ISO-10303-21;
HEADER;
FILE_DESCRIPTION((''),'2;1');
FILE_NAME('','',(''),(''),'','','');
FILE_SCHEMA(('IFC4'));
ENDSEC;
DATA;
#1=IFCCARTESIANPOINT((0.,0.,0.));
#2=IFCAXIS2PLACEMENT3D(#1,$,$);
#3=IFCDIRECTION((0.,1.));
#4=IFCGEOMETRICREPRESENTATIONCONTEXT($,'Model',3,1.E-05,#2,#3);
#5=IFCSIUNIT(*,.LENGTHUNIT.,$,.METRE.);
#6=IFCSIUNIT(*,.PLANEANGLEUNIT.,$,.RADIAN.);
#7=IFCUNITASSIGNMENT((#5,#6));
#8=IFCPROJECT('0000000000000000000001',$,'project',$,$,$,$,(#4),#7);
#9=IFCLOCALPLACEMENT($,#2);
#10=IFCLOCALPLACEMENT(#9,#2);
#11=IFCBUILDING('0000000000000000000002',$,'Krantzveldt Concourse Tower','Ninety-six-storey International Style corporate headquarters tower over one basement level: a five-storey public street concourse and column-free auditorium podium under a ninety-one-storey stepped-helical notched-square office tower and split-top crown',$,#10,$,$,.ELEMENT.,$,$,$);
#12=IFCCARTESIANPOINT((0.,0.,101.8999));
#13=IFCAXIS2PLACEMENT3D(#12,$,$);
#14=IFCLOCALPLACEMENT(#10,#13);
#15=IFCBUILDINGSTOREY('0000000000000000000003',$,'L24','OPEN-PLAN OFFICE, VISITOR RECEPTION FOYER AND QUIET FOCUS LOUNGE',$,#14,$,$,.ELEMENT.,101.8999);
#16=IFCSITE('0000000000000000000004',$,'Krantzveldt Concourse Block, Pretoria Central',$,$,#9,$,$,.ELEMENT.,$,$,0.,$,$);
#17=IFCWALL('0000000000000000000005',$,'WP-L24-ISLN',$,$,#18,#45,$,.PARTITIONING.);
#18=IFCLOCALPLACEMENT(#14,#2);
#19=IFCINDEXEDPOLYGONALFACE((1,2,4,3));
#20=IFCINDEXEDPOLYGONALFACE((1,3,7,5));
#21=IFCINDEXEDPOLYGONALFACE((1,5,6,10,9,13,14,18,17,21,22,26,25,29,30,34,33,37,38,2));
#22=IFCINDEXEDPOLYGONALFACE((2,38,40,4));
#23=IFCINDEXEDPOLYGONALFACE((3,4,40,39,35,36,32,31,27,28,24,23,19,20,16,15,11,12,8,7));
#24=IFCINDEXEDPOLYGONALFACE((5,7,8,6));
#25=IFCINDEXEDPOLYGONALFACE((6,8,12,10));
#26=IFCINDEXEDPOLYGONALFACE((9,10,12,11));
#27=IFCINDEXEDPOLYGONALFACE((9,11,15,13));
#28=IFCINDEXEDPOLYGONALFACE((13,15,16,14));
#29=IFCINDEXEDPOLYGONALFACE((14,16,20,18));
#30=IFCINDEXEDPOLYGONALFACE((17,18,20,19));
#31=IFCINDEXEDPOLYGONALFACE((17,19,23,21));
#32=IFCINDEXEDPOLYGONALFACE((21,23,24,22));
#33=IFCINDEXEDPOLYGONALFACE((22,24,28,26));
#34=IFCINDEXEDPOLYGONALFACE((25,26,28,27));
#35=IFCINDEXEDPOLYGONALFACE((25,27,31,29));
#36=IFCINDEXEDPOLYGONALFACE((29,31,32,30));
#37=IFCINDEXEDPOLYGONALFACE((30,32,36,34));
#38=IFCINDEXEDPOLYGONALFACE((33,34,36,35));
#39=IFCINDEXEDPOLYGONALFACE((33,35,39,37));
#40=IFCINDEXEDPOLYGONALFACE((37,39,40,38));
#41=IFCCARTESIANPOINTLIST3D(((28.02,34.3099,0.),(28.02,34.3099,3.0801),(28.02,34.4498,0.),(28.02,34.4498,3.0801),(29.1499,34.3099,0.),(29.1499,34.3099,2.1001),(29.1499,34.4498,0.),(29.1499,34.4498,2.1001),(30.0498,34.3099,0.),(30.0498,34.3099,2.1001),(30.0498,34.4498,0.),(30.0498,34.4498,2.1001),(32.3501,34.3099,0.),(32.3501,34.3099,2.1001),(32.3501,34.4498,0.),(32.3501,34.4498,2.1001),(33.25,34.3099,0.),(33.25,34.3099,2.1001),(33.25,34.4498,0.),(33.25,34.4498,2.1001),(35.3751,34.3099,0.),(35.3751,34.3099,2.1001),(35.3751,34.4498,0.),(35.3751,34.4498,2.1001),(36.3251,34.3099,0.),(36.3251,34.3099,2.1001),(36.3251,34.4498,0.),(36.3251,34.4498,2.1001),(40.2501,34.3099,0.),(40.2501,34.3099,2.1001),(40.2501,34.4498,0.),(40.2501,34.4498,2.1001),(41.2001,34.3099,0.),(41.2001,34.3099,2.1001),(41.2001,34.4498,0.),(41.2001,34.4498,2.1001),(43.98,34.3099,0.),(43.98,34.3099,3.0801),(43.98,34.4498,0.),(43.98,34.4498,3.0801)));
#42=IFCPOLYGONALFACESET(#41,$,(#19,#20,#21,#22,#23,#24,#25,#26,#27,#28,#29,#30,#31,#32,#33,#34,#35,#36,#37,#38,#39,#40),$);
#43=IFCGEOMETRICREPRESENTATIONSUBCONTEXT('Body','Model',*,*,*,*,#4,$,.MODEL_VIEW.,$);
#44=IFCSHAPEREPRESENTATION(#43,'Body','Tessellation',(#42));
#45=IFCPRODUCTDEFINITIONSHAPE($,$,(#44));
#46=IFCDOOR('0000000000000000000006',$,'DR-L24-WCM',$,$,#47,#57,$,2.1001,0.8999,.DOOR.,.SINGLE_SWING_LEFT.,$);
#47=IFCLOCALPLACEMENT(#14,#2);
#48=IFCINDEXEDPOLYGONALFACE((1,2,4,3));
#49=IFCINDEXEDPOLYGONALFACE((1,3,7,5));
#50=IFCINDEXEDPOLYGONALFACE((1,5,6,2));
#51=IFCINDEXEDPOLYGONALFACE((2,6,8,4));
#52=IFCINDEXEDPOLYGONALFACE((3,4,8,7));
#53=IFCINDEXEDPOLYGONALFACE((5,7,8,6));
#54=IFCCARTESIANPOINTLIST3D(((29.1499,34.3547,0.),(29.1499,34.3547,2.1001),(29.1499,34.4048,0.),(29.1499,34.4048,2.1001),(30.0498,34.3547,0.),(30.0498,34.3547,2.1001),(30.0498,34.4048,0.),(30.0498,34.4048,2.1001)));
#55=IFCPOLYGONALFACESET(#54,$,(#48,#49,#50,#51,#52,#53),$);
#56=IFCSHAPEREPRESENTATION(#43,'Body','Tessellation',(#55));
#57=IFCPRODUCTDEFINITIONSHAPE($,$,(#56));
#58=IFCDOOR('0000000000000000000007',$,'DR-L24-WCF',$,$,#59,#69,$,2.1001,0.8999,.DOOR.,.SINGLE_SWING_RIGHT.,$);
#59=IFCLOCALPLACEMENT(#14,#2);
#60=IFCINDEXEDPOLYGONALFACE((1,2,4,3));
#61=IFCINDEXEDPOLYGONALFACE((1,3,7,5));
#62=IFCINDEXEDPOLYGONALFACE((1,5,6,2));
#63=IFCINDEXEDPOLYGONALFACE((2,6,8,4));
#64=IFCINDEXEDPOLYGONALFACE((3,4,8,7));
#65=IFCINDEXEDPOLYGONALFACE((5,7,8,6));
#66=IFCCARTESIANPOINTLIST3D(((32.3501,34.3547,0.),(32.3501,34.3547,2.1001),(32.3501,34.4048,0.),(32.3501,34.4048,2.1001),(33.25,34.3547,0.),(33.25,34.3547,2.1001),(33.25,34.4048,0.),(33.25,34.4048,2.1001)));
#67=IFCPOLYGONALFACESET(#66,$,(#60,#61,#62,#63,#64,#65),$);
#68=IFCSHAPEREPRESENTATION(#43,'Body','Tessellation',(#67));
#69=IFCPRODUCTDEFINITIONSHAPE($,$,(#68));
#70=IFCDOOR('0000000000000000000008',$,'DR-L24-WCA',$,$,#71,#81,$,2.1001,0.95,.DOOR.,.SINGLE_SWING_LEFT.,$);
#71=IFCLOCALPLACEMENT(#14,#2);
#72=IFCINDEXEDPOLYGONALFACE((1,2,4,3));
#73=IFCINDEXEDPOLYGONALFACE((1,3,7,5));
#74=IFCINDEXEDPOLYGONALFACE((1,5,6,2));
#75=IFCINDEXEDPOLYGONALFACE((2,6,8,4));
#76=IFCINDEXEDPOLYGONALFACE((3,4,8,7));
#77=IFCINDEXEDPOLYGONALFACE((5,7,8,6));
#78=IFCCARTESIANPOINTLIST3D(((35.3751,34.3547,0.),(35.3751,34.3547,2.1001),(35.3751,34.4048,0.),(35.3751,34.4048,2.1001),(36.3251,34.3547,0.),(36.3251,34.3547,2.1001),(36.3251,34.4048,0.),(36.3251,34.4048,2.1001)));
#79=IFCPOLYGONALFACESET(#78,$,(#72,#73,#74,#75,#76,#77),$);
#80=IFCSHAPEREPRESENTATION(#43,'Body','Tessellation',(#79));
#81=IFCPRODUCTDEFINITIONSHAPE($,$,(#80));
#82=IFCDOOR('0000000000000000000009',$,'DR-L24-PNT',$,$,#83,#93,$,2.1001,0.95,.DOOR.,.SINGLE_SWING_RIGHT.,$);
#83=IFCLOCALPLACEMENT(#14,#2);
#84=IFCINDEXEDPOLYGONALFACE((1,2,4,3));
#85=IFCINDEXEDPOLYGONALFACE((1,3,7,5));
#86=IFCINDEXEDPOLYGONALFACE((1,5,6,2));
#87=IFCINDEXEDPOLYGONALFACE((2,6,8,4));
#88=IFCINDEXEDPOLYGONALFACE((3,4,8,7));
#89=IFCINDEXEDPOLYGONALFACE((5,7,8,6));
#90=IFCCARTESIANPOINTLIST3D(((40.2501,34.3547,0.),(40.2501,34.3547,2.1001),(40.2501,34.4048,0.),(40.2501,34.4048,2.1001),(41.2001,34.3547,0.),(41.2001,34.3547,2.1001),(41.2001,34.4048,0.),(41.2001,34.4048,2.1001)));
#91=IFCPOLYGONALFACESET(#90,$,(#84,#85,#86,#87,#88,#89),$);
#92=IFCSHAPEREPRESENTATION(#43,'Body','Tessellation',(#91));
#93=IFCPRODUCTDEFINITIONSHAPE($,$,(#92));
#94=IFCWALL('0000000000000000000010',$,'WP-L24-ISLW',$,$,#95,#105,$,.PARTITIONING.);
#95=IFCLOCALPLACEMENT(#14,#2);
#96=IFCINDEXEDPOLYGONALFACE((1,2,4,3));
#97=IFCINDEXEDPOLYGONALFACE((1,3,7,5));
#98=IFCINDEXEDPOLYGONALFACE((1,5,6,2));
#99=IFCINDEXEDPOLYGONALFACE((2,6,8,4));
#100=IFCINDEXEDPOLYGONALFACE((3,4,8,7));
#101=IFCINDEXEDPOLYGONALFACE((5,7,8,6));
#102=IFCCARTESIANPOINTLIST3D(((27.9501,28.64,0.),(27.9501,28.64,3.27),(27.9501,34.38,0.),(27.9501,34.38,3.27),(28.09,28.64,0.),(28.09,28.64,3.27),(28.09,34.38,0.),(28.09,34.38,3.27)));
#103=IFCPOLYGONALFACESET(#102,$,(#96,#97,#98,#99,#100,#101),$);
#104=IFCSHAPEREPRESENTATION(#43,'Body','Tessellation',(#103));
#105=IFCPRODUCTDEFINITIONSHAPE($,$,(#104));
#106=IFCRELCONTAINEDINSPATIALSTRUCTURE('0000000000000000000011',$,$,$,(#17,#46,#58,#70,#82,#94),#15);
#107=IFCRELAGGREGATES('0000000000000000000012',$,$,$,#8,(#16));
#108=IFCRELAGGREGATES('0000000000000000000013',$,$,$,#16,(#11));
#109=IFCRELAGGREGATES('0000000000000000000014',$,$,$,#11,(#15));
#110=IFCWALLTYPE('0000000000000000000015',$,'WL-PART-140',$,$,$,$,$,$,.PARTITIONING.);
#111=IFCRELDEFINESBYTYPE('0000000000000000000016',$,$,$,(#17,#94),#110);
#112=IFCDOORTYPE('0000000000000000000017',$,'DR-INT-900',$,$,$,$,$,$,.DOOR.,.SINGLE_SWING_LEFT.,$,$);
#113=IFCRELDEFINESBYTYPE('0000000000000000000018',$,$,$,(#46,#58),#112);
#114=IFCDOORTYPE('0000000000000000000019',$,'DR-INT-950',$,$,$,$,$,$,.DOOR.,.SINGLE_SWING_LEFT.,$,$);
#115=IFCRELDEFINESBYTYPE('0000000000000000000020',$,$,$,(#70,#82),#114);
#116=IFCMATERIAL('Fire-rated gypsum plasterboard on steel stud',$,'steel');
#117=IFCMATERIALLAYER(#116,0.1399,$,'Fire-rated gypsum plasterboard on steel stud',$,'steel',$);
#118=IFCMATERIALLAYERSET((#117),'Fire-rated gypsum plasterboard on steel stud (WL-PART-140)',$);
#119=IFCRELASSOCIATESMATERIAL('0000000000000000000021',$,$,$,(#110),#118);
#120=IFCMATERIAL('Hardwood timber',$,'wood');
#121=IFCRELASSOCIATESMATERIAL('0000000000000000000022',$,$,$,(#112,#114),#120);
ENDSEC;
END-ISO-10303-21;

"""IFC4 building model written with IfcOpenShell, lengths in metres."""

from ifc_helpers import new_model, si_unit, direction, frame, frame_2d, origin, place, context, subcontext, project, spatial, rectangle, extrude, material, layer, layer_set, type_object, element, fill, save


model = new_model("IFC4")

# Units and contexts
model_context = context("Model", 3, precision=1e-05, world=origin(), true_north=direction((0.0, 1.0)))
body_context = subcontext(model_context, "Body", "Model", "MODEL_VIEW")
ifc_project = project(units=[si_unit("LENGTHUNIT", "METRE"), si_unit("PLANEANGLEUNIT", "RADIAN")], contexts=[model_context])

# Site, building, storey
site_placement = place(None, origin())
site = spatial("IfcSite", under=ifc_project, at=site_placement, Name="Krantzveldt Concourse Block, Pretoria Central", CompositionType="ELEMENT", RefElevation=0.0)
building_placement = place(site_placement, origin())
building = spatial("IfcBuilding", under=site, at=building_placement, Name="Krantzveldt Concourse Tower", Description="Ninety-six-storey International Style corporate headquarters tower over one basement level: a five-storey public street concourse and column-free auditorium podium under a ninety-one-storey stepped-helical notched-square office tower and split-top crown", CompositionType="ELEMENT")
storey_placement = place(building_placement, frame((0.0, 0.0, 101.8999)))
storey = spatial("IfcBuildingStorey", under=building, at=storey_placement, Name="L24", Description="OPEN-PLAN OFFICE, VISITOR RECEPTION FOYER AND QUIET FOCUS LOUNGE", CompositionType="ELEMENT", Elevation=101.8999)

# Shared definitions
ifc_material_1 = material(Name="Fire-rated gypsum plasterboard on steel stud", Category="steel")

# Shared definitions
ifc_layer_1 = layer(ifc_material_1, 0.1399, Name="Fire-rated gypsum plasterboard on steel stud", Category="steel")
ifc_layer_set_1 = layer_set([ifc_layer_1], Name="Fire-rated gypsum plasterboard on steel stud (WL-PART-140)")
wall_type_1 = type_object("IfcWallType", Name="WL-PART-140", PredefinedType="PARTITIONING", material=ifc_layer_set_1)
ifc_material_2 = material(Name="Hardwood timber", Category="wood")

# Wall, openings, doors
wall_1_placement = place(storey_placement, frame((28.02, 34.3799, 0.0), z_axis=(0.0, 0.0, 1.0), x_axis=(1.0, 0.0, 0.0)))
wall_1 = element("IfcWall", 1, at=wall_1_placement, inside=storey, type_object=wall_type_1, Name="WP-L24-ISLN", PredefinedType="PARTITIONING", context=body_context, shape_type="SweptSolid", body=[
    extrude(rectangle(XDim=15.96, YDim=0.1399, at=frame_2d((7.98, 0.0))), origin(), (0.0, 0.0, 1.0), 3.0801),
])
opening_1_placement = place(wall_1_placement, frame((1.1299, 0.0, 0.0)))
opening_1 = element("IfcOpeningElement", 2, at=opening_1_placement, cuts=wall_1, PredefinedType="OPENING", context=body_context, shape_type="SweptSolid", body=[
    extrude(rectangle(XDim=0.8999, YDim=2.1001, at=frame_2d((0.45, 1.05))), frame((0.0, 0.0801, 0.0), z_axis=(0.0, -1.0, 0.0), x_axis=(1.0, 0.0, 0.0)), (0.0, 0.0, 1.0), 0.1599),
])
opening_2_placement = place(wall_1_placement, frame((4.3301, 0.0, 0.0)))
opening_2 = element("IfcOpeningElement", 3, at=opening_2_placement, cuts=wall_1, PredefinedType="OPENING", context=body_context, shape_type="SweptSolid", body=[
    extrude(rectangle(XDim=0.8999, YDim=2.1001, at=frame_2d((0.45, 1.05))), frame((0.0, 0.0801, 0.0), z_axis=(0.0, -1.0, 0.0), x_axis=(1.0, 0.0, 0.0)), (0.0, 0.0, 1.0), 0.1599),
])
opening_3_placement = place(wall_1_placement, frame((7.355, 0.0, 0.0)))
opening_3 = element("IfcOpeningElement", 4, at=opening_3_placement, cuts=wall_1, PredefinedType="OPENING", context=body_context, shape_type="SweptSolid", body=[
    extrude(rectangle(XDim=0.95, YDim=2.1001, at=frame_2d((0.4751, 1.05))), frame((0.0, 0.0801, 0.0), z_axis=(0.0, -1.0, 0.0), x_axis=(1.0, 0.0, 0.0)), (0.0, 0.0, 1.0), 0.1599),
])
opening_4_placement = place(wall_1_placement, frame((12.23, 0.0, 0.0)))
opening_4 = element("IfcOpeningElement", 5, at=opening_4_placement, cuts=wall_1, PredefinedType="OPENING", context=body_context, shape_type="SweptSolid", body=[
    extrude(rectangle(XDim=0.95, YDim=2.1001, at=frame_2d((0.4751, 1.05))), frame((0.0, 0.0801, 0.0), z_axis=(0.0, -1.0, 0.0), x_axis=(1.0, 0.0, 0.0)), (0.0, 0.0, 1.0), 0.1599),
])
door_type_1 = type_object("IfcDoorType", Name="DR-INT-900", OperationType="SINGLE_SWING_LEFT", PredefinedType="DOOR", material=ifc_material_2)
door_1_placement = place(opening_1_placement, origin())
door_1 = element("IfcDoor", 6, at=door_1_placement, inside=storey, type_object=door_type_1, Name="DR-L24-WCM", OperationType="SINGLE_SWING_LEFT", OverallHeight=2.1001, OverallWidth=0.8999, PredefinedType="DOOR", context=body_context, shape_type="SweptSolid", body=[
    extrude(rectangle(XDim=0.8999, YDim=2.1001, at=frame_2d((0.45, 1.05))), frame((0.0, 0.0249, 0.0), z_axis=(0.0, -1.0, 0.0), x_axis=(1.0, 0.0, 0.0)), (0.0, 0.0, 1.0), 0.05),
])
fill(opening_1, door_1)
door_2_placement = place(opening_2_placement, origin())
door_2 = element("IfcDoor", 7, at=door_2_placement, inside=storey, type_object=door_type_1, Name="DR-L24-WCF", OperationType="SINGLE_SWING_RIGHT", OverallHeight=2.1001, OverallWidth=0.8999, PredefinedType="DOOR", context=body_context, shape_type="SweptSolid", body=[
    extrude(rectangle(XDim=0.8999, YDim=2.1001, at=frame_2d((0.45, 1.05))), frame((0.0, 0.0249, 0.0), z_axis=(0.0, -1.0, 0.0), x_axis=(1.0, 0.0, 0.0)), (0.0, 0.0, 1.0), 0.05),
])
fill(opening_2, door_2)
door_type_2 = type_object("IfcDoorType", Name="DR-INT-950", OperationType="SINGLE_SWING_LEFT", PredefinedType="DOOR", material=ifc_material_2)
door_3_placement = place(opening_3_placement, origin())
door_3 = element("IfcDoor", 8, at=door_3_placement, inside=storey, type_object=door_type_2, Name="DR-L24-WCA", OperationType="SINGLE_SWING_LEFT", OverallHeight=2.1001, OverallWidth=0.95, PredefinedType="DOOR", context=body_context, shape_type="SweptSolid", body=[
    extrude(rectangle(XDim=0.95, YDim=2.1001, at=frame_2d((0.4751, 1.05))), frame((0.0, 0.0249, 0.0), z_axis=(0.0, -1.0, 0.0), x_axis=(1.0, 0.0, 0.0)), (0.0, 0.0, 1.0), 0.05),
])
fill(opening_3, door_3)
door_4_placement = place(opening_4_placement, origin())
door_4 = element("IfcDoor", 9, at=door_4_placement, inside=storey, type_object=door_type_2, Name="DR-L24-PNT", OperationType="SINGLE_SWING_RIGHT", OverallHeight=2.1001, OverallWidth=0.95, PredefinedType="DOOR", context=body_context, shape_type="SweptSolid", body=[
    extrude(rectangle(XDim=0.95, YDim=2.1001, at=frame_2d((0.4751, 1.05))), frame((0.0, 0.0249, 0.0), z_axis=(0.0, -1.0, 0.0), x_axis=(1.0, 0.0, 0.0)), (0.0, 0.0, 1.0), 0.05),
])
fill(opening_4, door_4)

# Wall
wall_2_placement = place(storey_placement, frame((28.02, 28.6399, 0.0), z_axis=(0.0, 0.0, 1.0), x_axis=(0.0, 1.0, 0.0)))
element("IfcWall", 10, at=wall_2_placement, inside=storey, type_object=wall_type_1, Name="WP-L24-ISLW", PredefinedType="PARTITIONING", context=body_context, shape_type="SweptSolid", body=[
    extrude(rectangle(XDim=5.74, YDim=0.1399, at=frame_2d((2.8701, 0.0))), origin(), (0.0, 0.0, 1.0), 3.27),
])

save(model, "model.ifc")
